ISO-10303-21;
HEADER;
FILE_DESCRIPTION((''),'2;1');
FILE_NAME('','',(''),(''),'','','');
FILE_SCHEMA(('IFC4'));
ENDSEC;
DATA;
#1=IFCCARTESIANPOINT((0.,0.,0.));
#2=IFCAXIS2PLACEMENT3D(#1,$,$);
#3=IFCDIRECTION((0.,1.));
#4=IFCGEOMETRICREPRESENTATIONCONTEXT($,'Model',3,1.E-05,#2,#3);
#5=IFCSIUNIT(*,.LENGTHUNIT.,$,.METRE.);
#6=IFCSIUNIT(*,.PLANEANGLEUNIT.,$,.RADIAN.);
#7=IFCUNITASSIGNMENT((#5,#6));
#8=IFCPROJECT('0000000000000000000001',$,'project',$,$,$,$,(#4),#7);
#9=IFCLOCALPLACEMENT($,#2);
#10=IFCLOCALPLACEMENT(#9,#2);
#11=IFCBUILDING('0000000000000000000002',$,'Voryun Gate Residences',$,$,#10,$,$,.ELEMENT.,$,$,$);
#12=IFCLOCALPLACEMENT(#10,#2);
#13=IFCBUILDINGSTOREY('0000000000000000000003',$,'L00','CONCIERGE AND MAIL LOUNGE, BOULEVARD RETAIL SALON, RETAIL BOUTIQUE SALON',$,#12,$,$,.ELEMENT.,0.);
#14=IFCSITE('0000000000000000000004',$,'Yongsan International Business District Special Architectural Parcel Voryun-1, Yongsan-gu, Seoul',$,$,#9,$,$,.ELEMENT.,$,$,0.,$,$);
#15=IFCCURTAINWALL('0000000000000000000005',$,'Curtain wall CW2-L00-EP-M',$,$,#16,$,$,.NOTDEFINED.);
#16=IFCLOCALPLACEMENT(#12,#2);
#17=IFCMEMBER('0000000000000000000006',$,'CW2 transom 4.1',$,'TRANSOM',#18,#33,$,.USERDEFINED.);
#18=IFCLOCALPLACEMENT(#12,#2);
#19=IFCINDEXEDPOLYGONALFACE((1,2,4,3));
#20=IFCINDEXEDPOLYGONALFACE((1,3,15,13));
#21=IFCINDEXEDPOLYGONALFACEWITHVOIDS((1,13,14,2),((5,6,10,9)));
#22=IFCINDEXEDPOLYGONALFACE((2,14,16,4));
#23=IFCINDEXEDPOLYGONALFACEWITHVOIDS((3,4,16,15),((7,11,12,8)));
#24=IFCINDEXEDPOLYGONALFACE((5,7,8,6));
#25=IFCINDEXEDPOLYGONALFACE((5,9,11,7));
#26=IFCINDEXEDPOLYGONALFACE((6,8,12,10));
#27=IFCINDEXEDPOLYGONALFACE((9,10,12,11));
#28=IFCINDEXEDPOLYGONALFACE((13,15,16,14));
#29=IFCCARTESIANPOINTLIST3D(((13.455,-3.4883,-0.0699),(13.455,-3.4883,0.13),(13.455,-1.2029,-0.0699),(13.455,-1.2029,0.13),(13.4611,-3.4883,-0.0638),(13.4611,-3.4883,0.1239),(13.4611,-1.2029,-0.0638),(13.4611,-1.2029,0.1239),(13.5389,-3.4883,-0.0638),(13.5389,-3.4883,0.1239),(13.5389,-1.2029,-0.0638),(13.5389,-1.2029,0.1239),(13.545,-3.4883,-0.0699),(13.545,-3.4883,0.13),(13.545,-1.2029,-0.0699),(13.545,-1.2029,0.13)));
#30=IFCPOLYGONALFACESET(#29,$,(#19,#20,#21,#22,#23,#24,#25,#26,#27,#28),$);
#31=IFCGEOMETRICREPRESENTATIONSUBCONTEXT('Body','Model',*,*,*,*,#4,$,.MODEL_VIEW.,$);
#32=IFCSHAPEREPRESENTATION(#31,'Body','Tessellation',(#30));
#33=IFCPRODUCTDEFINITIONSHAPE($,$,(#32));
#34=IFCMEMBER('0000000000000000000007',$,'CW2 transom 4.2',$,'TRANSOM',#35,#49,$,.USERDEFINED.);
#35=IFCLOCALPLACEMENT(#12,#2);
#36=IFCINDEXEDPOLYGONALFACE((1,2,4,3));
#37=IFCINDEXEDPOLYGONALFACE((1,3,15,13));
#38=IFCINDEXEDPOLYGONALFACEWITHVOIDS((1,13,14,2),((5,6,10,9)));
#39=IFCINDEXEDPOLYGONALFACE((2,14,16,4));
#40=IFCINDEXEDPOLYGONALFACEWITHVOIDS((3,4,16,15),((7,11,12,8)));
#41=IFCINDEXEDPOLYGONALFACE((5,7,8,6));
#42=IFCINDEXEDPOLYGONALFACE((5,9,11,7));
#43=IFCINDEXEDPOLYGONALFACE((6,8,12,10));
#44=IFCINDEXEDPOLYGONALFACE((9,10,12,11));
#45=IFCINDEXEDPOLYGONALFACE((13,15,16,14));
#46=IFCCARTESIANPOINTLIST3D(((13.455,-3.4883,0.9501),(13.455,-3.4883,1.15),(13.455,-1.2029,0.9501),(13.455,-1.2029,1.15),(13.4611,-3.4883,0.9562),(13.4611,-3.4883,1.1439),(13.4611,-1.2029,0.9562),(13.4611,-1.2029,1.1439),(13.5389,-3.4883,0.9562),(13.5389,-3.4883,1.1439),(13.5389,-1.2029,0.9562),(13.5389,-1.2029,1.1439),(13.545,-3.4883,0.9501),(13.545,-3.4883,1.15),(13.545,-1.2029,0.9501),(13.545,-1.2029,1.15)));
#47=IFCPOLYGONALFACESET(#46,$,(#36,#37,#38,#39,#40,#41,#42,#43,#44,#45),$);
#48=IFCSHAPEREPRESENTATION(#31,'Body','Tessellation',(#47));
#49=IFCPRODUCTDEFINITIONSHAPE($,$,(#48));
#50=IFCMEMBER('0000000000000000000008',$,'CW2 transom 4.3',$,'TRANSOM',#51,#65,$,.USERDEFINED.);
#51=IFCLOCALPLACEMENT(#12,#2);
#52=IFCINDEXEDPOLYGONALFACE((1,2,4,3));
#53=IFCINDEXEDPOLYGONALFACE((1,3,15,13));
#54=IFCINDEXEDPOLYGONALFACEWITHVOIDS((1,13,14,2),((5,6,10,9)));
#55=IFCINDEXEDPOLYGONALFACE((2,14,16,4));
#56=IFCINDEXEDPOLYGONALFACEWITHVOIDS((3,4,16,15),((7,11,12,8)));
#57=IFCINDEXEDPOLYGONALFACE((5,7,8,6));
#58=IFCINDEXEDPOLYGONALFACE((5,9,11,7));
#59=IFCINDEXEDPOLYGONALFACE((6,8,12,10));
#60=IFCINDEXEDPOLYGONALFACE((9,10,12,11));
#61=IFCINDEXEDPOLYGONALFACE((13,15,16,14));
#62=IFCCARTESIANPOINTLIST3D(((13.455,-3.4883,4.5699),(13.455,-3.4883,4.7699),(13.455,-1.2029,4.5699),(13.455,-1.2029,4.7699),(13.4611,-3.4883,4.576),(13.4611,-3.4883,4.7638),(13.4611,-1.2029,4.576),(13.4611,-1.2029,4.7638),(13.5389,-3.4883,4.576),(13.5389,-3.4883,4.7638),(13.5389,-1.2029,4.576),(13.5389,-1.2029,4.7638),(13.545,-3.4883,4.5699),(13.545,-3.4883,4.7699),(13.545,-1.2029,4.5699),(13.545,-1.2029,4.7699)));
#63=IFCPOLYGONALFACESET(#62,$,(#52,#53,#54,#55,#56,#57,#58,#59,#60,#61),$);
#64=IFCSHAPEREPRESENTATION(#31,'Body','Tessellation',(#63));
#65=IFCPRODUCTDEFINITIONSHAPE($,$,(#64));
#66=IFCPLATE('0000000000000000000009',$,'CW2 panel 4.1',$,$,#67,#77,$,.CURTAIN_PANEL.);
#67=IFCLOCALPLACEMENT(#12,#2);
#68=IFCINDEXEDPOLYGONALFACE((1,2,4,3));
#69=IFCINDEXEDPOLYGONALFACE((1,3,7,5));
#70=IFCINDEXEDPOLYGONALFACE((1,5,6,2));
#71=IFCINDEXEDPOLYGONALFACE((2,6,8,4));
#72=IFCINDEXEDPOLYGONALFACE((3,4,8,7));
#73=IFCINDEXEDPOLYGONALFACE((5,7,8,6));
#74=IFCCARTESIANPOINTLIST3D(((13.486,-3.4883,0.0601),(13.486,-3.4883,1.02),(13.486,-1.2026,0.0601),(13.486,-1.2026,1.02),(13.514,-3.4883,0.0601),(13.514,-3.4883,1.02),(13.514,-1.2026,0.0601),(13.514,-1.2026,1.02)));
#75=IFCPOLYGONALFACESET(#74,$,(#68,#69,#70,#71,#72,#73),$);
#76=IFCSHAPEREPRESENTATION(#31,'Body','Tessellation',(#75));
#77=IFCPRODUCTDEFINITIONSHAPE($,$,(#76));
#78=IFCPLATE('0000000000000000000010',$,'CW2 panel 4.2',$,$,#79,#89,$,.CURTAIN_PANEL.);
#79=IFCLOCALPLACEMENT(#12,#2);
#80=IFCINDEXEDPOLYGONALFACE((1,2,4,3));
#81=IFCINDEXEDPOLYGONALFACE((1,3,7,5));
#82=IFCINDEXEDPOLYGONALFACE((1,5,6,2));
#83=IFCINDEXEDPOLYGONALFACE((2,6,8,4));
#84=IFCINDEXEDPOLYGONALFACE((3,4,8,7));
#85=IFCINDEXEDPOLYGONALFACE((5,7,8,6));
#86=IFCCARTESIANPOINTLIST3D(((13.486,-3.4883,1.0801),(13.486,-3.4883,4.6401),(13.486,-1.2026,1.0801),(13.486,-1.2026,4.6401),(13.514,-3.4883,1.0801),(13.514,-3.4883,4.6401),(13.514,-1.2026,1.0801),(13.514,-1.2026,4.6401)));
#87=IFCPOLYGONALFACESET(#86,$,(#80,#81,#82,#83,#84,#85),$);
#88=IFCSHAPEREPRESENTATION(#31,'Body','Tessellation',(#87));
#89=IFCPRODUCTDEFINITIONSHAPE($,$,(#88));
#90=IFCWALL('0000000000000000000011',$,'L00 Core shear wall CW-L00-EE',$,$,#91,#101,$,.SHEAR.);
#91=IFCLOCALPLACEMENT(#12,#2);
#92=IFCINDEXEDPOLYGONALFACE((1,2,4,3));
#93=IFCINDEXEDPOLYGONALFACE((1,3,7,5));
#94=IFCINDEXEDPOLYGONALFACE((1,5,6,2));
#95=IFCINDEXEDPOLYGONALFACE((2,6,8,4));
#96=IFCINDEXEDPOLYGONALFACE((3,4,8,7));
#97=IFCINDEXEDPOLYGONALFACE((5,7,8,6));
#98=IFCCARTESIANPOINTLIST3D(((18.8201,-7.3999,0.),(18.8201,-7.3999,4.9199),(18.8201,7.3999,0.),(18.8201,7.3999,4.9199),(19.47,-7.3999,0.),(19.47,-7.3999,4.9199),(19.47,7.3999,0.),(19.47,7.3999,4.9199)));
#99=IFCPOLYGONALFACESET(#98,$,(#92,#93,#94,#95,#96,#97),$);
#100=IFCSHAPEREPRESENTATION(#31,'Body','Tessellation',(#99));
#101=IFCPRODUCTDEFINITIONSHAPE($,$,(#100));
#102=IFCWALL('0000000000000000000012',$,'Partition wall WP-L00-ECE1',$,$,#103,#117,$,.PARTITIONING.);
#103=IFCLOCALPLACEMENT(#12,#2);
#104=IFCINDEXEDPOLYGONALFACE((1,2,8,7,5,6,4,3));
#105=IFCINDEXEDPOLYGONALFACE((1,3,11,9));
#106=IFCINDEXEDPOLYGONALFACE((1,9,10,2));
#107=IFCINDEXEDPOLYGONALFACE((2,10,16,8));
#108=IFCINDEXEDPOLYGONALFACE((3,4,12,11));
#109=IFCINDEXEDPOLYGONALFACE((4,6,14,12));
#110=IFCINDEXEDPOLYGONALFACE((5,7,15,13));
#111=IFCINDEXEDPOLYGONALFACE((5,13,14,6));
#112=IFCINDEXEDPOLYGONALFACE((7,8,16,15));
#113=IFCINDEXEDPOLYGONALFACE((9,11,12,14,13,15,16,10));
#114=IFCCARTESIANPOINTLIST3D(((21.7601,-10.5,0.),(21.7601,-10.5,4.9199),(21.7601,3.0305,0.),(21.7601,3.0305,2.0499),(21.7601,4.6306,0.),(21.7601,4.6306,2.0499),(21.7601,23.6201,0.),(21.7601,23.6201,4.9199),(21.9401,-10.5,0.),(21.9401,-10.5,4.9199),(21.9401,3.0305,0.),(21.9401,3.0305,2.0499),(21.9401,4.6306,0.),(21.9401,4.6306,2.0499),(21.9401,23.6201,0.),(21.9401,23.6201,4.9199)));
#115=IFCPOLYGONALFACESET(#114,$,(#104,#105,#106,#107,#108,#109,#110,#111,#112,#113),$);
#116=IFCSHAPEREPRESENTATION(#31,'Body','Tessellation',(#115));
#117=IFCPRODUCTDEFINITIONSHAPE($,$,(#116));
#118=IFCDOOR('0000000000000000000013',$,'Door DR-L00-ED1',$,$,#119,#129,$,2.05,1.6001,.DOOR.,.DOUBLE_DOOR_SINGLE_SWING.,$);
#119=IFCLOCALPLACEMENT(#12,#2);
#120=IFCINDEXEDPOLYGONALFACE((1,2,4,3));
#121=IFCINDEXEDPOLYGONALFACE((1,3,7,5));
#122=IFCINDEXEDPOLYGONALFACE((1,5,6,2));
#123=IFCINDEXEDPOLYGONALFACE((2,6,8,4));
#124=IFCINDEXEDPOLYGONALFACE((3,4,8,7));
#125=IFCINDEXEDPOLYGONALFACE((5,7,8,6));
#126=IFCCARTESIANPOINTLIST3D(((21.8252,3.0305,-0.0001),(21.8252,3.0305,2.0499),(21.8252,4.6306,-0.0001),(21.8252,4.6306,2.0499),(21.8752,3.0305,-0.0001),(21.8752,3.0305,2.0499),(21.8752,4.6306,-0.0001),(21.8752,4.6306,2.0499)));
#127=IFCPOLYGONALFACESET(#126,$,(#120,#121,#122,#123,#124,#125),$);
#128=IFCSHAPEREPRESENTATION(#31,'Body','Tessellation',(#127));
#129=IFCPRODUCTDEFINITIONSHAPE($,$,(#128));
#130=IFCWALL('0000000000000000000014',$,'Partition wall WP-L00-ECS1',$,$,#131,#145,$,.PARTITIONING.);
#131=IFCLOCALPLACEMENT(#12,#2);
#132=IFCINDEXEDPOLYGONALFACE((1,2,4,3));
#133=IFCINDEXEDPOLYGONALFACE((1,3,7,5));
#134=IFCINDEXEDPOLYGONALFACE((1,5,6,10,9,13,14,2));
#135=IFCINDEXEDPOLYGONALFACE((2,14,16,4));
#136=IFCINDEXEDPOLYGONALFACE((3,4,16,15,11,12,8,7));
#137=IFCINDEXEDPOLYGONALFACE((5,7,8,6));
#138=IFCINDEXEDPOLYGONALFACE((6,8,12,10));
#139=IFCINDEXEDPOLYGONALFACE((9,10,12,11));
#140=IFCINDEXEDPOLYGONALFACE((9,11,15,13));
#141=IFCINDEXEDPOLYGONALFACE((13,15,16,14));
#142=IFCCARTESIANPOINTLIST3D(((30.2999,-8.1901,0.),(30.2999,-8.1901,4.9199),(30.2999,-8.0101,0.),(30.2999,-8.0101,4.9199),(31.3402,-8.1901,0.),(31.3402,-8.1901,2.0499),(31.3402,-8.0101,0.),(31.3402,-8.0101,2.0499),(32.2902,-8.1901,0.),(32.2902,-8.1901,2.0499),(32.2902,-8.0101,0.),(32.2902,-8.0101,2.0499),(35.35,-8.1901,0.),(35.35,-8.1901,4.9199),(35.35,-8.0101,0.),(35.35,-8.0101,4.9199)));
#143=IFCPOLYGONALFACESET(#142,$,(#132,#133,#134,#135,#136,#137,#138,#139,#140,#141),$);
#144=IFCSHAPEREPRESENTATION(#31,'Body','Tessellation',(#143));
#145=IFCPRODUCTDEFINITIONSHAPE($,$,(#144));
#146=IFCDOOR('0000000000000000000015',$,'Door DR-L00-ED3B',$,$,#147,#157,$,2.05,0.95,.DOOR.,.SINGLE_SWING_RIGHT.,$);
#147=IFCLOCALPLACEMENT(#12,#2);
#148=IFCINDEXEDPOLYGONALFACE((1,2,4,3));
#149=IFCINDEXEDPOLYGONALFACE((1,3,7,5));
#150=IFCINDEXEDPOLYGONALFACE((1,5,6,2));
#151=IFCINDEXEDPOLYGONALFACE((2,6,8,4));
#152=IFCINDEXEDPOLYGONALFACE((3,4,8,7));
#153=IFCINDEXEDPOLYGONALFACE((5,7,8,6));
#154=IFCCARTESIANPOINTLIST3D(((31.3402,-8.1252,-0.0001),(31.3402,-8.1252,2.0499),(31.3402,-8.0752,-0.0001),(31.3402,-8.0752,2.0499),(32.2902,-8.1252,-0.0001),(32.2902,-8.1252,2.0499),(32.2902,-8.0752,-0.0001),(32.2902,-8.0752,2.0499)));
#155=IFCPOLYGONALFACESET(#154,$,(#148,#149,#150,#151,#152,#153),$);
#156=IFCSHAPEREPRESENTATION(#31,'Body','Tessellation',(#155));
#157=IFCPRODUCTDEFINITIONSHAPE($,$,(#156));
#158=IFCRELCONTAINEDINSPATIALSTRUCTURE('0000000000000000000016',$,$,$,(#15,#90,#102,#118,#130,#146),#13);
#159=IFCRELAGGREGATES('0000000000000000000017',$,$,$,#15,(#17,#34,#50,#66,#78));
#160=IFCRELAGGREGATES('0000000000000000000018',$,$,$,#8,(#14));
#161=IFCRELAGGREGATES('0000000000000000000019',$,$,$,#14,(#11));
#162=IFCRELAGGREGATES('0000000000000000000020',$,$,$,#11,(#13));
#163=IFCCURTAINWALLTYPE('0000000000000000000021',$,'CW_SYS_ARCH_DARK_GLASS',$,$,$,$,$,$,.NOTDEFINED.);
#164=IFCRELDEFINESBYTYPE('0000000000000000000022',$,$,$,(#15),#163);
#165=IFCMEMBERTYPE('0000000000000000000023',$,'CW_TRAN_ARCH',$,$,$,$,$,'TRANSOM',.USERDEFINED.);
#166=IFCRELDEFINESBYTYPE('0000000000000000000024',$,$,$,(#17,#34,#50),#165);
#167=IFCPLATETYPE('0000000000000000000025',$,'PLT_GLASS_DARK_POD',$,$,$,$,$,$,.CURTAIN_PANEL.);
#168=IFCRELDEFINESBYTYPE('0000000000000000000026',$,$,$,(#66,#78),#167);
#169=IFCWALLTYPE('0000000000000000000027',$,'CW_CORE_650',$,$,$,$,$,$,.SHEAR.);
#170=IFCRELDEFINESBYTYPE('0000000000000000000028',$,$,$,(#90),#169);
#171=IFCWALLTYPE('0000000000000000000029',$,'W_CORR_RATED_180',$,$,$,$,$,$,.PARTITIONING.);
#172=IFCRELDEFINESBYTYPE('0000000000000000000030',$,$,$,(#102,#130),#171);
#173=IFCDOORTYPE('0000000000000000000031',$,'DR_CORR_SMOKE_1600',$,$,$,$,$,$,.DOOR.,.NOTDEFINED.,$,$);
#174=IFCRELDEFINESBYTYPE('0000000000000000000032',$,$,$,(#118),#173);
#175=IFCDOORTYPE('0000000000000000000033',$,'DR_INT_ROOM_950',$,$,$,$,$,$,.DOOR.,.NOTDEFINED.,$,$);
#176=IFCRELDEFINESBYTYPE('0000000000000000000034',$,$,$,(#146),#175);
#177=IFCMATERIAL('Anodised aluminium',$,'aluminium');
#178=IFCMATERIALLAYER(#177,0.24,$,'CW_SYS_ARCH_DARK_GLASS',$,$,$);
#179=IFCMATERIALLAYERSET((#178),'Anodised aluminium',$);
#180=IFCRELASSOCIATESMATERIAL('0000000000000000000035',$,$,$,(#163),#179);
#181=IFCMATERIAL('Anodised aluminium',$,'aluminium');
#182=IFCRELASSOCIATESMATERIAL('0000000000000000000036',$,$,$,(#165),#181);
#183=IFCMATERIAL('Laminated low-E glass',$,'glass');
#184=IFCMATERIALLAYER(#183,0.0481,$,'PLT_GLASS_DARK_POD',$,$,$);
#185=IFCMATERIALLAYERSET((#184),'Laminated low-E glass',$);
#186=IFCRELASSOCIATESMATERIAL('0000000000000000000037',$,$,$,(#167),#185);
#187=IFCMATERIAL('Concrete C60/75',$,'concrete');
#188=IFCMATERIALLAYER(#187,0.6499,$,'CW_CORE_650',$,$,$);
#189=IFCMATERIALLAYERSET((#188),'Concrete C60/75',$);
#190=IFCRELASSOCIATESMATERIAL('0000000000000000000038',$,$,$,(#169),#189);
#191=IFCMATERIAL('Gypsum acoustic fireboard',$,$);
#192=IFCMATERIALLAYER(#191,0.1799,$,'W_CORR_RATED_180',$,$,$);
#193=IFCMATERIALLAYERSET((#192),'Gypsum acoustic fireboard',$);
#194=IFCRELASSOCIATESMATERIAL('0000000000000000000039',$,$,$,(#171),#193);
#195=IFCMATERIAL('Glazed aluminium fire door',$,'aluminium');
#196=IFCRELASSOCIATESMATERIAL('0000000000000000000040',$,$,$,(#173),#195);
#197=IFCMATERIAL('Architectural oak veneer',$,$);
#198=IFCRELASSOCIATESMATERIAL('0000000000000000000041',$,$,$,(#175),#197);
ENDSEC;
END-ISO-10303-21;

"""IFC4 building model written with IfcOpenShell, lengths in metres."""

from ifc_helpers import new_model, si_unit, direction, frame, frame_2d, origin, origin_2d, place, context, subcontext, project, spatial, rectangle, hollow_rectangle, extrude, material, layer, layer_set, material_profile, profile_set, type_object, element, fill, aggregate, save


model = new_model("IFC4")

# Units and contexts
model_context = context("Model", 3, precision=1e-05, world=origin(), true_north=direction((0.0, 1.0)))
body_context = subcontext(model_context, "Body", "Model", "MODEL_VIEW")
ifc_project = project(units=[si_unit("LENGTHUNIT", "METRE"), si_unit("PLANEANGLEUNIT", "RADIAN")], contexts=[model_context])

# Site, building, storey
site_placement = place(None, origin())
site = spatial("IfcSite", under=ifc_project, at=site_placement, Name="Yongsan International Business District Special Architectural Parcel Voryun-1, Yongsan-gu, Seoul", CompositionType="ELEMENT", RefElevation=0.0)
building_placement = place(site_placement, origin())
building = spatial("IfcBuilding", under=site, at=building_placement, Name="Voryun Gate Residences", CompositionType="ELEMENT")
storey_placement = place(building_placement, origin())
storey = spatial("IfcBuildingStorey", under=building, at=storey_placement, Name="L00", Description="CONCIERGE AND MAIL LOUNGE, BOULEVARD RETAIL SALON, RETAIL BOUTIQUE SALON", CompositionType="ELEMENT", Elevation=0.0)

# Curtain wall, members, plates
ifc_material_1 = material(Name="Anodised aluminium", Category="aluminium")
ifc_layer_1 = layer(ifc_material_1, 0.24, Name="CW_SYS_ARCH_DARK_GLASS")
ifc_layer_set_1 = layer_set([ifc_layer_1], Name="Anodised aluminium")
curtain_wall_type = type_object("IfcCurtainWallType", Name="CW_SYS_ARCH_DARK_GLASS", PredefinedType="NOTDEFINED", material=ifc_layer_set_1)
curtain_wall_placement = place(storey_placement, origin())
curtain_wall = element("IfcCurtainWall", 1, at=curtain_wall_placement, inside=storey, type_object=curtain_wall_type, Name="Curtain wall CW2-L00-EP-M", PredefinedType="NOTDEFINED")
ifc_material_2 = material(Name="Anodised aluminium", Category="aluminium")
ifc_material_profile_1 = material_profile(ifc_material_2, hollow_rectangle(XDim=0.0901, YDim=0.2, WallThickness=0.0061, at=origin_2d()), Name="ALU-TRAN-200x90x6")
ifc_profile_set_1 = profile_set([ifc_material_profile_1], Name="Anodised aluminium")
member_type = type_object("IfcMemberType", Name="CW_TRAN_ARCH", ElementType="TRANSOM", PredefinedType="USERDEFINED", material=ifc_profile_set_1)
member_1_placement = place(storey_placement, frame((13.5, -3.4883, 0.03), z_axis=(0.0, 1.0, 0.0), x_axis=(-1.0, 0.0, 0.0)))
member_1 = element("IfcMember", 2, at=member_1_placement, type_object=member_type, Name="CW2 transom 4.1", ObjectType="TRANSOM", PredefinedType="USERDEFINED", context=body_context, shape_type="SweptSolid", body=[
    extrude(hollow_rectangle(XDim=0.0901, YDim=0.2, WallThickness=0.0061, at=origin_2d()), origin(), (0.0, 0.0, 1.0), 2.2854),
])
member_2_placement = place(storey_placement, frame((13.5, -3.4883, 1.05), z_axis=(0.0, 1.0, 0.0), x_axis=(-1.0, 0.0, 0.0)))
member_2 = element("IfcMember", 3, at=member_2_placement, type_object=member_type, Name="CW2 transom 4.2", ObjectType="TRANSOM", PredefinedType="USERDEFINED", context=body_context, shape_type="SweptSolid", body=[
    extrude(hollow_rectangle(XDim=0.0901, YDim=0.2, WallThickness=0.0061, at=origin_2d()), origin(), (0.0, 0.0, 1.0), 2.2854),
])
member_3_placement = place(storey_placement, frame((13.5, -3.4883, 4.6699), z_axis=(0.0, 1.0, 0.0), x_axis=(-1.0, 0.0, 0.0)))
member_3 = element("IfcMember", 4, at=member_3_placement, type_object=member_type, Name="CW2 transom 4.3", ObjectType="TRANSOM", PredefinedType="USERDEFINED", context=body_context, shape_type="SweptSolid", body=[
    extrude(hollow_rectangle(XDim=0.0901, YDim=0.2, WallThickness=0.0061, at=origin_2d()), origin(), (0.0, 0.0, 1.0), 2.2854),
])
ifc_material_3 = material(Name="Laminated low-E glass", Category="glass")
ifc_layer_2 = layer(ifc_material_3, 0.0481, Name="PLT_GLASS_DARK_POD")
ifc_layer_set_2 = layer_set([ifc_layer_2], Name="Laminated low-E glass")
plate_type = type_object("IfcPlateType", Name="PLT_GLASS_DARK_POD", PredefinedType="CURTAIN_PANEL", material=ifc_layer_set_2)
plate_1_placement = place(storey_placement, frame((13.5, -2.3455, 0.0601), z_axis=(0.0, 0.0, 1.0), x_axis=(0.0, 1.0, 0.0)))
plate_1 = element("IfcPlate", 5, at=plate_1_placement, type_object=plate_type, Name="CW2 panel 4.1", PredefinedType="CURTAIN_PANEL", context=body_context, shape_type="SweptSolid", body=[
    extrude(rectangle(XDim=2.2856, YDim=0.0281, at=origin_2d()), origin(), (0.0, 0.0, 1.0), 0.96),
])
plate_2_placement = place(storey_placement, frame((13.5, -2.3455, 1.0801), z_axis=(0.0, 0.0, 1.0), x_axis=(0.0, 1.0, 0.0)))
plate_2 = element("IfcPlate", 6, at=plate_2_placement, type_object=plate_type, Name="CW2 panel 4.2", PredefinedType="CURTAIN_PANEL", context=body_context, shape_type="SweptSolid", body=[
    extrude(rectangle(XDim=2.2856, YDim=0.0281, at=origin_2d()), origin(), (0.0, 0.0, 1.0), 3.5601),
])
aggregate(curtain_wall, [member_1, member_2, member_3, plate_1, plate_2])

# Wall
ifc_material_4 = material(Name="Concrete C60/75", Category="concrete")
ifc_layer_3 = layer(ifc_material_4, 0.6499, Name="CW_CORE_650")
ifc_layer_set_3 = layer_set([ifc_layer_3], Name="Concrete C60/75")
wall_type_1 = type_object("IfcWallType", Name="CW_CORE_650", PredefinedType="SHEAR", material=ifc_layer_set_3)
wall_1_placement = place(storey_placement, frame((19.145, -7.3999, 0.0), z_axis=(0.0, 0.0, 1.0), x_axis=(0.0, 1.0, 0.0)))
element("IfcWall", 7, at=wall_1_placement, inside=storey, type_object=wall_type_1, Name="L00 Core shear wall CW-L00-EE", PredefinedType="SHEAR", context=body_context, shape_type="SweptSolid", body=[
    extrude(rectangle(XDim=14.7998, YDim=0.6499, at=frame_2d((7.3999, 0.0))), origin(), (0.0, 0.0, 1.0), 4.9199),
])

# Walls, openings, doors
ifc_material_5 = material(Name="Gypsum acoustic fireboard")
ifc_layer_4 = layer(ifc_material_5, 0.1799, Name="W_CORR_RATED_180")
ifc_layer_set_4 = layer_set([ifc_layer_4], Name="Gypsum acoustic fireboard")
wall_type_2 = type_object("IfcWallType", Name="W_CORR_RATED_180", PredefinedType="PARTITIONING", material=ifc_layer_set_4)
wall_2_placement = place(storey_placement, frame((21.8501, -10.5, 0.0), z_axis=(0.0, 0.0, 1.0), x_axis=(0.0, 1.0, 0.0)))
wall_2 = element("IfcWall", 8, at=wall_2_placement, inside=storey, type_object=wall_type_2, Name="Partition wall WP-L00-ECE1", PredefinedType="PARTITIONING", context=body_context, shape_type="SweptSolid", body=[
    extrude(rectangle(XDim=34.1201, YDim=0.1799, at=frame_2d((17.0601, 0.0))), origin(), (0.0, 0.0, 1.0), 4.9199),
])
opening_1_placement = place(wall_2_placement, frame((13.5305, 0.0, 0.0)))
opening_1 = element("IfcOpeningElement", 9, at=opening_1_placement, cuts=wall_2, PredefinedType="OPENING", context=body_context, shape_type="SweptSolid", body=[
    extrude(rectangle(XDim=1.6001, YDim=2.05, at=frame_2d((0.8, 1.0249))), frame((0.0, 0.0999, 0.0), z_axis=(0.0, -1.0, 0.0), x_axis=(1.0, 0.0, 0.0)), (0.0, 0.0, 1.0), 0.2),
])
ifc_material_6 = material(Name="Glazed aluminium fire door", Category="aluminium")
door_type_1 = type_object("IfcDoorType", Name="DR_CORR_SMOKE_1600", OperationType="NOTDEFINED", PredefinedType="DOOR", material=ifc_material_6)
door_1_placement = place(opening_1_placement, origin())
door_1 = element("IfcDoor", 10, at=door_1_placement, inside=storey, type_object=door_type_1, Name="Door DR-L00-ED1", OperationType="DOUBLE_DOOR_SINGLE_SWING", OverallHeight=2.05, OverallWidth=1.6001, PredefinedType="DOOR", context=body_context, shape_type="SweptSolid", body=[
    extrude(rectangle(XDim=1.6001, YDim=2.05, at=frame_2d((0.8, 1.0249))), frame((0.0, 0.0249, 0.0), z_axis=(0.0, -1.0, 0.0), x_axis=(1.0, 0.0, 0.0)), (0.0, 0.0, 1.0), 0.05),
])
fill(opening_1, door_1)
wall_3_placement = place(storey_placement, frame((30.3, -8.1001, 0.0), z_axis=(0.0, 0.0, 1.0), x_axis=(1.0, 0.0, 0.0)))
wall_3 = element("IfcWall", 11, at=wall_3_placement, inside=storey, type_object=wall_type_2, Name="Partition wall WP-L00-ECS1", PredefinedType="PARTITIONING", context=body_context, shape_type="SweptSolid", body=[
    extrude(rectangle(XDim=5.05, YDim=0.1799, at=frame_2d((2.5249, 0.0))), origin(), (0.0, 0.0, 1.0), 4.9199),
])
opening_2_placement = place(wall_3_placement, frame((1.04, 0.0, 0.0)))
opening_2 = element("IfcOpeningElement", 12, at=opening_2_placement, cuts=wall_3, PredefinedType="OPENING", context=body_context, shape_type="SweptSolid", body=[
    extrude(rectangle(XDim=0.95, YDim=2.05, at=frame_2d((0.4751, 1.0249))), frame((0.0, 0.0999, 0.0), z_axis=(0.0, -1.0, 0.0), x_axis=(1.0, 0.0, 0.0)), (0.0, 0.0, 1.0), 0.2),
])
ifc_material_7 = material(Name="Architectural oak veneer")
door_type_2 = type_object("IfcDoorType", Name="DR_INT_ROOM_950", OperationType="NOTDEFINED", PredefinedType="DOOR", material=ifc_material_7)
door_2_placement = place(opening_2_placement, origin())
door_2 = element("IfcDoor", 13, at=door_2_placement, inside=storey, type_object=door_type_2, Name="Door DR-L00-ED3B", OperationType="SINGLE_SWING_RIGHT", OverallHeight=2.05, OverallWidth=0.95, PredefinedType="DOOR", context=body_context, shape_type="SweptSolid", body=[
    extrude(rectangle(XDim=0.95, YDim=2.05, at=frame_2d((0.4751, 1.0249))), frame((0.0, 0.0249, 0.0), z_axis=(0.0, -1.0, 0.0), x_axis=(1.0, 0.0, 0.0)), (0.0, 0.0, 1.0), 0.05),
])
fill(opening_2, door_2)

save(model, "model.ifc")
